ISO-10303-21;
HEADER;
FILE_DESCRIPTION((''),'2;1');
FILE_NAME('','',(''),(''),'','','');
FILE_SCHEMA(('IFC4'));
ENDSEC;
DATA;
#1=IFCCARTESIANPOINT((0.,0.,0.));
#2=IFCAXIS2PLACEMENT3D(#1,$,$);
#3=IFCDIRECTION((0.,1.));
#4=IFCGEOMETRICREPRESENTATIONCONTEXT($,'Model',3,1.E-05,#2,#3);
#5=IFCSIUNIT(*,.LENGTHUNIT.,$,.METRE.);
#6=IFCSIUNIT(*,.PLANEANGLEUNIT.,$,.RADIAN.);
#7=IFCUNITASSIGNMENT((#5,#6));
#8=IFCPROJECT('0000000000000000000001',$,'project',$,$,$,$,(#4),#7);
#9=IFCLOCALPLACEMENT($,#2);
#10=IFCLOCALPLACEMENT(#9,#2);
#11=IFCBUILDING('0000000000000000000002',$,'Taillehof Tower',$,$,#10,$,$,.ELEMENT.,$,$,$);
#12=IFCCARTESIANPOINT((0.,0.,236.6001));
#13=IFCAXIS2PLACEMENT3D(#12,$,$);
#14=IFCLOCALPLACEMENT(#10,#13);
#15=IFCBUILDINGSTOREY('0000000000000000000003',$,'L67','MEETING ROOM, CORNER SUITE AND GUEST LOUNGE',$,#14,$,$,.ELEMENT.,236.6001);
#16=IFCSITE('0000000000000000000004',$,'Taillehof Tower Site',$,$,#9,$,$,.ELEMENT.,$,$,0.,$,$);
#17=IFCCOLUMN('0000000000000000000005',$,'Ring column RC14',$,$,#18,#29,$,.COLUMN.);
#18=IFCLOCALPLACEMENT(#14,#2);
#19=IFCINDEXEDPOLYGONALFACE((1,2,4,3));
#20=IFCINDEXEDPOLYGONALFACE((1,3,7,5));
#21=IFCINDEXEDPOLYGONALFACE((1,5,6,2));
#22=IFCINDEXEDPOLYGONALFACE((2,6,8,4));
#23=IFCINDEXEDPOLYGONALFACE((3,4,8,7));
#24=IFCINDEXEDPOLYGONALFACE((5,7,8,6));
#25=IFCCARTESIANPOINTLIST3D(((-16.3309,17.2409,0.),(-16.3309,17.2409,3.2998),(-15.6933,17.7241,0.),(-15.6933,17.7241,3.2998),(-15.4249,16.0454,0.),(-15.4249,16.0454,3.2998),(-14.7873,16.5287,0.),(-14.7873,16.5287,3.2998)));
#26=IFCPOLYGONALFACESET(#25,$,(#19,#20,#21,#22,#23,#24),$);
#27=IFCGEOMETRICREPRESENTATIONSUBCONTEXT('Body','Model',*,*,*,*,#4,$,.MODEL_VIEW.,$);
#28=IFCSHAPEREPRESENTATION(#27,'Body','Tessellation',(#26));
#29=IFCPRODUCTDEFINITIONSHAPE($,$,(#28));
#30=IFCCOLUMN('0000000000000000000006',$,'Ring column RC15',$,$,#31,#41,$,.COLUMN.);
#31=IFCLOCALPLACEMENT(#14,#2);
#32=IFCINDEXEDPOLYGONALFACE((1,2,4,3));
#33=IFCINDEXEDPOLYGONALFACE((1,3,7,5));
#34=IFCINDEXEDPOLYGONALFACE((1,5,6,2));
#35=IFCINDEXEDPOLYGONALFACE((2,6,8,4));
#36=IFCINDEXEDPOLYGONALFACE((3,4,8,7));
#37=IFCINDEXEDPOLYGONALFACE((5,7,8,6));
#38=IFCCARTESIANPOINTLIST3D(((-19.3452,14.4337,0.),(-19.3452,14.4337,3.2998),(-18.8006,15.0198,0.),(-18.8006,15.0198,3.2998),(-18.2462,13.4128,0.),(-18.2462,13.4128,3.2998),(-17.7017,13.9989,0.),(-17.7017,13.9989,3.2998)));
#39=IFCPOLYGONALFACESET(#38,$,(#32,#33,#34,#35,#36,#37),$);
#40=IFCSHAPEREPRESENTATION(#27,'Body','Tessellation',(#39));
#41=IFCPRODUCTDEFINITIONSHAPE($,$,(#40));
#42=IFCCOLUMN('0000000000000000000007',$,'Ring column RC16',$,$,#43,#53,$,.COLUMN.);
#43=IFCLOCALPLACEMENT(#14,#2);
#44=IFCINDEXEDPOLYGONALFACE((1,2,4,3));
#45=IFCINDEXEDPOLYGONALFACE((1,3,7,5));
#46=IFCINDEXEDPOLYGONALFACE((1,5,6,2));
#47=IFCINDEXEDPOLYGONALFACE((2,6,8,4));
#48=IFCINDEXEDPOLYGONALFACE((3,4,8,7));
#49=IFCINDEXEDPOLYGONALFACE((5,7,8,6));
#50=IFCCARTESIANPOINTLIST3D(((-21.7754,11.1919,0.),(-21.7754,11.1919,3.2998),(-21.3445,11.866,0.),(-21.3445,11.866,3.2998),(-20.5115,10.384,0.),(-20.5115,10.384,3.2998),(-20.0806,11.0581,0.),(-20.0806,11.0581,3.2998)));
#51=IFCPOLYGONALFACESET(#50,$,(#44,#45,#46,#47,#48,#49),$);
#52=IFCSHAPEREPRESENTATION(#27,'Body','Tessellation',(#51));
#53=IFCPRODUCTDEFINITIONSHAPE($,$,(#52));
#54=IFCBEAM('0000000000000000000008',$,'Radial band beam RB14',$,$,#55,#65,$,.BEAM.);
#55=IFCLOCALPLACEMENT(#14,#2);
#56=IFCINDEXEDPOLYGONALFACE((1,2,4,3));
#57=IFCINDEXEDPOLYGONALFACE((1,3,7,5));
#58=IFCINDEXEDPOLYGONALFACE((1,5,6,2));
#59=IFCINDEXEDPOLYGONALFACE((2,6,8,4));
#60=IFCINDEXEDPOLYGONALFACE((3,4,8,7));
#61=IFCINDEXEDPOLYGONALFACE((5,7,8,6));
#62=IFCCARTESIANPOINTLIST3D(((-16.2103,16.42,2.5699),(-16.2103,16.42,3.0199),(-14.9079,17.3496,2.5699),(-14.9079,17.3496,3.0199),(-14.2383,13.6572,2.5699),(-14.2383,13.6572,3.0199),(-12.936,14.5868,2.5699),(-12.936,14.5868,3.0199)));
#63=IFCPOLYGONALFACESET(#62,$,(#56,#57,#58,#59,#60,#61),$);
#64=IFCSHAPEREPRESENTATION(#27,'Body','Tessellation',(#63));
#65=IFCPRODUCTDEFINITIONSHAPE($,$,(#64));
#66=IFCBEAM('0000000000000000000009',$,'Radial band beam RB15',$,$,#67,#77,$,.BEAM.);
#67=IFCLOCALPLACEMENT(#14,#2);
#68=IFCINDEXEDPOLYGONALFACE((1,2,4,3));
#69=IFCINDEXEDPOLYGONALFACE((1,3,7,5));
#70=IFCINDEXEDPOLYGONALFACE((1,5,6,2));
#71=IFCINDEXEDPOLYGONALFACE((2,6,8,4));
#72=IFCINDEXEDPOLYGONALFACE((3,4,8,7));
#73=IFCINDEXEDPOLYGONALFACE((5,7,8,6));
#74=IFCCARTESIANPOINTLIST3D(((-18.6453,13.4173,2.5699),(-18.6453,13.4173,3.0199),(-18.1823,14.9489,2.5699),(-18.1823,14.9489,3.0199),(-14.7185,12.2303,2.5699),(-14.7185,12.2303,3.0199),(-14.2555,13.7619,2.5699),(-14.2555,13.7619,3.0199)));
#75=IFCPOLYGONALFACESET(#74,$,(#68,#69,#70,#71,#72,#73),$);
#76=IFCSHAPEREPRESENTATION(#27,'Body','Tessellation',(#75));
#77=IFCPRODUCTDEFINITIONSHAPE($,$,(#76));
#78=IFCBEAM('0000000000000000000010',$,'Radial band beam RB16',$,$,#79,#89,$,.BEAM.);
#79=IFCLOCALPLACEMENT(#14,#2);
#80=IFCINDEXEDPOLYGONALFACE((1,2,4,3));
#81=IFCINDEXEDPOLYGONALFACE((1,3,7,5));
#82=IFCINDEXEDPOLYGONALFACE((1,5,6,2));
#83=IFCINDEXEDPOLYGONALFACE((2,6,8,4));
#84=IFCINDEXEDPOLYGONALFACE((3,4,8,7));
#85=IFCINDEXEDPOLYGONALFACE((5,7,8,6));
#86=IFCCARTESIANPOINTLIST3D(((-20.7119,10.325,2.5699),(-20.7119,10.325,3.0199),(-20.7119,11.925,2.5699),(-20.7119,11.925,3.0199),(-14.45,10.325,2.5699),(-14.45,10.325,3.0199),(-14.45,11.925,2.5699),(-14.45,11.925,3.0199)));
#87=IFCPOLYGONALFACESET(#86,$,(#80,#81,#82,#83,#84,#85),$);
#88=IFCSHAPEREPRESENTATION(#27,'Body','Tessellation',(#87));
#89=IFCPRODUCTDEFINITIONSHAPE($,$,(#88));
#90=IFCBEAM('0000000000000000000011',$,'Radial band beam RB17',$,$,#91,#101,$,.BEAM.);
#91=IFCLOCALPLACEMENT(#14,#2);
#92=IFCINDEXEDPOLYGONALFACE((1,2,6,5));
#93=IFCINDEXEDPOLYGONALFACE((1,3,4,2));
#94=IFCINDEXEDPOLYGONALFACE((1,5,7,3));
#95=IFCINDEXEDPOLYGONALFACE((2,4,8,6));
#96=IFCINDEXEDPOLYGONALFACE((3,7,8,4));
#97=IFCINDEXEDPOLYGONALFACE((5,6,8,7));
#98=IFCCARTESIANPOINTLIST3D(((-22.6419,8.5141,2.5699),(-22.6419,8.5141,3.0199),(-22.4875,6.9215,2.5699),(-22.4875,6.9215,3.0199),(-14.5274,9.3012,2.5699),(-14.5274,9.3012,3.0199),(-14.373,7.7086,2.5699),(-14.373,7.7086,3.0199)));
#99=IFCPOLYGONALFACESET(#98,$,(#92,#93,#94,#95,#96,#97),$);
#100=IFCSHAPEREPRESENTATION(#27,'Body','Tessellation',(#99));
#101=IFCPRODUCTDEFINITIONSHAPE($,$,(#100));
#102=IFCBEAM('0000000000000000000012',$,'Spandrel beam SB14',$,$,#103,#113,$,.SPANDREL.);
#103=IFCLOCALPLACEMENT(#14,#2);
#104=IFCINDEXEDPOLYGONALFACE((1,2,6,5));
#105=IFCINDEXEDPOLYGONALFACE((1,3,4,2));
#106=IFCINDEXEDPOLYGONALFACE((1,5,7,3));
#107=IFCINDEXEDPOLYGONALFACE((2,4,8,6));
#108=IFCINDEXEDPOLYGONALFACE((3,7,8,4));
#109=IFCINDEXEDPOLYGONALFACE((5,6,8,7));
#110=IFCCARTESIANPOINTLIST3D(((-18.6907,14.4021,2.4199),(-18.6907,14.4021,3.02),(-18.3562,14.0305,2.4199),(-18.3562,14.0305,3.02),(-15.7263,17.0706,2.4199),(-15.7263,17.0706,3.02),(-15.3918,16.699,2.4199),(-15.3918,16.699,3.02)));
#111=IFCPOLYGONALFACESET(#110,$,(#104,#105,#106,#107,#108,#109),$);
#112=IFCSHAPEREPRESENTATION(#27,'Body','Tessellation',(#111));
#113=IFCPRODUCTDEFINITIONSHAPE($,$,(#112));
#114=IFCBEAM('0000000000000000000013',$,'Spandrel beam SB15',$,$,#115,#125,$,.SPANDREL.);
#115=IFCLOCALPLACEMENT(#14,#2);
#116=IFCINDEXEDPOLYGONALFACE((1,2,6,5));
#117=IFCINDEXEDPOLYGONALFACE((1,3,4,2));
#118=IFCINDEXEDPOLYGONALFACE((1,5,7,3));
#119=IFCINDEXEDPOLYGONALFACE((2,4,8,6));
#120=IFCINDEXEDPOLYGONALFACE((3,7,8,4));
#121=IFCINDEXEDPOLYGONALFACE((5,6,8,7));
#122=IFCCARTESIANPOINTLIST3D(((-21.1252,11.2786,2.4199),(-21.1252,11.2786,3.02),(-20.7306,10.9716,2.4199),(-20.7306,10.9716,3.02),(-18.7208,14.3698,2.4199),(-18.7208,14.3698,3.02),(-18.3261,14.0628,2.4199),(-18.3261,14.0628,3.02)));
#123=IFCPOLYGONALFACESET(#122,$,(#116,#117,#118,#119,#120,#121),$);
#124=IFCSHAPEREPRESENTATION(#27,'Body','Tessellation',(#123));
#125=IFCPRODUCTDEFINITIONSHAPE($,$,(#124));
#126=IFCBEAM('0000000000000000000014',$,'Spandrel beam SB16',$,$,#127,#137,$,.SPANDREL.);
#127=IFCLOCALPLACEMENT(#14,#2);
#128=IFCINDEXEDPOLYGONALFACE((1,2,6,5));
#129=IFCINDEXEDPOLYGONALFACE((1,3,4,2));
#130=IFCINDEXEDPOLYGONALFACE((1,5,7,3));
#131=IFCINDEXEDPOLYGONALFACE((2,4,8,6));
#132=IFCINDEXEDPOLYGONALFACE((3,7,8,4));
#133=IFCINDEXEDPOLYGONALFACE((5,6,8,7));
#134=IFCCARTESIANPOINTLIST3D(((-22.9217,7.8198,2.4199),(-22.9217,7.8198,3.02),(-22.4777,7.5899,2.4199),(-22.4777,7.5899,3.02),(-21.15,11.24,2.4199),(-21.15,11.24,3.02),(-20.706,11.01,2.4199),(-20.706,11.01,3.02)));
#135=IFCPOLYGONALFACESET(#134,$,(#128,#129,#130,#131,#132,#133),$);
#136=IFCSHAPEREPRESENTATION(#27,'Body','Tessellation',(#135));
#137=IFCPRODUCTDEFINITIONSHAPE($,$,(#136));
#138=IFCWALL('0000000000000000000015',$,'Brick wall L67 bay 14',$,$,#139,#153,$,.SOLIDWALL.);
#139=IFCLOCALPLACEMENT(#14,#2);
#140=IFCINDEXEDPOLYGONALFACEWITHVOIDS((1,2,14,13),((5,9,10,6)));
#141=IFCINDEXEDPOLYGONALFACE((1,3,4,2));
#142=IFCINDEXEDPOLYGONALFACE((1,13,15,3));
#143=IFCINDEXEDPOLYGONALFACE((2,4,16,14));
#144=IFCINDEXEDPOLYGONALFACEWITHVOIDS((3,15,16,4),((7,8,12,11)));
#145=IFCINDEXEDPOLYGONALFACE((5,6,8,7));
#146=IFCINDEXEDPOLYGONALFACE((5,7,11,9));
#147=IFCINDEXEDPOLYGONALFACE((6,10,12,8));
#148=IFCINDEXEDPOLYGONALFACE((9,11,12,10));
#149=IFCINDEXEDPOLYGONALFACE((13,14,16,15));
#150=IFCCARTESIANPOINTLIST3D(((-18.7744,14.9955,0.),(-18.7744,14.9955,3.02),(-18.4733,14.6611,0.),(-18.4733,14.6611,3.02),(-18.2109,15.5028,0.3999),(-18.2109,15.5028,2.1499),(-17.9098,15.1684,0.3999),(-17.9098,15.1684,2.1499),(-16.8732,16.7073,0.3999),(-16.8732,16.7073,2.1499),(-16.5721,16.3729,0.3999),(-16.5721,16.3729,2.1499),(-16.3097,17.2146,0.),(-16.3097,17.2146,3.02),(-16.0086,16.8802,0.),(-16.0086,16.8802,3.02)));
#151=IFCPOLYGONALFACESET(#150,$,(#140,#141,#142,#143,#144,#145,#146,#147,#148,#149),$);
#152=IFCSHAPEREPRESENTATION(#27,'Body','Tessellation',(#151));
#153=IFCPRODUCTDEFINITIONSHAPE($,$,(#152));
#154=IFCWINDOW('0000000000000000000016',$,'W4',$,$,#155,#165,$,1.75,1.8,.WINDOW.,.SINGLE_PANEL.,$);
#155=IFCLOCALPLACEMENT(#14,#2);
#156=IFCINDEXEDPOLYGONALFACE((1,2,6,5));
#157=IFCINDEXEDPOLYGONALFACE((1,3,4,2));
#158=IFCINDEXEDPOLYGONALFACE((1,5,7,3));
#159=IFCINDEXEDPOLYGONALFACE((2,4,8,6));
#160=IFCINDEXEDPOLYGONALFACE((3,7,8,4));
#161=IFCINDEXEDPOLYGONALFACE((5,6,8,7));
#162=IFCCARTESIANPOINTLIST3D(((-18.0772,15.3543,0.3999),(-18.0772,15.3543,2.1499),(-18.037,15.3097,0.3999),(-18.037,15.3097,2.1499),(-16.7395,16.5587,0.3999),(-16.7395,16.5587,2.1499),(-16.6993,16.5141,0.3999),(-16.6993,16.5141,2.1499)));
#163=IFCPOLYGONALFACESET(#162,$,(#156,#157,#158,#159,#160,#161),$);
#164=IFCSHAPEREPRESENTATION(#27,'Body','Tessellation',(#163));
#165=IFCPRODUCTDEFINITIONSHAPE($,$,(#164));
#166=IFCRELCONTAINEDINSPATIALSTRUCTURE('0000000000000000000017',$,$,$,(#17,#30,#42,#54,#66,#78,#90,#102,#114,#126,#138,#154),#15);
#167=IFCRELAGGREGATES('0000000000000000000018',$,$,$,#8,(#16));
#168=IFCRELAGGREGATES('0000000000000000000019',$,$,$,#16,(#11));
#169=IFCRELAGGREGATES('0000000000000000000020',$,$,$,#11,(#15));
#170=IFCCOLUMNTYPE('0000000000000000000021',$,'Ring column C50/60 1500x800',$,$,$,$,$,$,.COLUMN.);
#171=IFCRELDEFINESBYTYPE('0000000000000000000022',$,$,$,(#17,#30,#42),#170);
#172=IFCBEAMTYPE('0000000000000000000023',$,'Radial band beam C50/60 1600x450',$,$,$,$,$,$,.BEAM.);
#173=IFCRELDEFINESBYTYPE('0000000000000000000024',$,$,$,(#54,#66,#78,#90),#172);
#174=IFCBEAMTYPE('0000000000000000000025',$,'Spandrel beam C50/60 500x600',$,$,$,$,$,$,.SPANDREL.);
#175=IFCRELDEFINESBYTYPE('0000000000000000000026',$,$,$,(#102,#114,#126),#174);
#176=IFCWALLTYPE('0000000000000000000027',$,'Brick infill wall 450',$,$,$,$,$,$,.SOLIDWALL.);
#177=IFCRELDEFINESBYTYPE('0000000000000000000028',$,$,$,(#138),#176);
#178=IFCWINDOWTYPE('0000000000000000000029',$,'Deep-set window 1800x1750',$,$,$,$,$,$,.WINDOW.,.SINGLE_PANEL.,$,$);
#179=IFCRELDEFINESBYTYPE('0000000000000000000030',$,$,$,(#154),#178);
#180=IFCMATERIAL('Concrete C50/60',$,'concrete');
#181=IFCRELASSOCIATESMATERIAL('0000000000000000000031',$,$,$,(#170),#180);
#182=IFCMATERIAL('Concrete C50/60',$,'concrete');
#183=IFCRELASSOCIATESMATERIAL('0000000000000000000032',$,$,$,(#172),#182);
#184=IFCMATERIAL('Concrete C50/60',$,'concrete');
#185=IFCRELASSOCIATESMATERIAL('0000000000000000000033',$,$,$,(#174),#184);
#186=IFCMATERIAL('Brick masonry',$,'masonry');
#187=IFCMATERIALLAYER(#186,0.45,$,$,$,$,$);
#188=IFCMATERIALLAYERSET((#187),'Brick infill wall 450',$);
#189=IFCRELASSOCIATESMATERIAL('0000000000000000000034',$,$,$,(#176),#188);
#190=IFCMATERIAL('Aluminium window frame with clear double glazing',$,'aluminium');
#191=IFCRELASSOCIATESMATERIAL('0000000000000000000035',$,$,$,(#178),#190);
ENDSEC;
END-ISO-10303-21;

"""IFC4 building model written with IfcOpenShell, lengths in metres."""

from ifc_helpers import new_model, si_unit, direction, frame, frame_2d, origin, origin_2d, place, context, subcontext, project, spatial, rectangle, extrude, material, layer, layer_set, material_profile, profile_set, type_object, element, fill, save


model = new_model("IFC4")

# Units and contexts
model_context = context("Model", 3, precision=1e-05, world=origin(), true_north=direction((0.0, 1.0)))
body_context = subcontext(model_context, "Body", "Model", "MODEL_VIEW")
ifc_project = project(units=[si_unit("LENGTHUNIT", "METRE"), si_unit("PLANEANGLEUNIT", "RADIAN")], contexts=[model_context])

# Site, building, storey
site_placement = place(None, origin())
site = spatial("IfcSite", under=ifc_project, at=site_placement, Name="Taillehof Tower Site", CompositionType="ELEMENT", RefElevation=0.0)
building_placement = place(site_placement, origin())
building = spatial("IfcBuilding", under=site, at=building_placement, Name="Taillehof Tower", CompositionType="ELEMENT")
storey_placement = place(building_placement, frame((0.0, 0.0, 236.6001)))
storey = spatial("IfcBuildingStorey", under=building, at=storey_placement, Name="L67", Description="MEETING ROOM, CORNER SUITE AND GUEST LOUNGE", CompositionType="ELEMENT", Elevation=236.6001)

# Columns
ifc_material_1 = material(Name="Concrete C50/60", Category="concrete")
ifc_material_profile_1 = material_profile(ifc_material_1, rectangle(XDim=1.5, YDim=0.8, at=origin_2d()), Name="RC 1500x800")
ifc_profile_set_1 = profile_set([ifc_material_profile_1], Name="Concrete C50/60")
column_type = type_object("IfcColumnType", Name="Ring column C50/60 1500x800", PredefinedType="COLUMN", material=ifc_profile_set_1)
for number, where, z_axis, x_axis, name in (
    (1, (-15.5591, 16.8848, 0.0), (0.0, 0.0, 1.0), (-0.60402, 0.796969, 0.0), "Ring column RC14"),
    (2, (-18.5234, 14.2163, 0.0), (0.0, 0.0, 1.0), (-0.732636, 0.680621, 0.0), "Ring column RC15"),
    (3, (-20.928, 11.125, 0.0), (0.0, 0.0, 1.0), (-0.842574, 0.538581, 0.0), "Ring column RC16"),
):
    element("IfcColumn", number, at=place(storey_placement, frame(where, z_axis=z_axis, x_axis=x_axis)), inside=storey, type_object=column_type, Name=name, PredefinedType="COLUMN", context=body_context, shape_type="SweptSolid", body=[
        extrude(rectangle(XDim=1.5, YDim=0.8, at=origin_2d()), origin(), (0.0, 0.0, 1.0), 3.2998),
    ])

# Beams
ifc_material_2 = material(Name="Concrete C50/60", Category="concrete")
ifc_material_profile_2 = material_profile(ifc_material_2, rectangle(XDim=1.6001, YDim=0.45, at=origin_2d()), Name="RC 1600x450")
ifc_profile_set_2 = profile_set([ifc_material_profile_2], Name="Concrete C50/60")
beam_type_1 = type_object("IfcBeamType", Name="Radial band beam C50/60 1600x450", PredefinedType="BEAM", material=ifc_profile_set_2)
beam_1_placement = place(storey_placement, frame((-15.5591, 16.8848, 2.7949), z_axis=(0.580959, -0.813933, 0.0), x_axis=(0.813933, 0.580959, 0.0)))
element("IfcBeam", 4, at=beam_1_placement, inside=storey, type_object=beam_type_1, Name="Radial band beam RB14", PredefinedType="BEAM", context=body_context, shape_type="SweptSolid", body=[
    extrude(rectangle(XDim=1.6001, YDim=0.45, at=origin_2d()), origin(), (0.0, 0.0, 1.0), 3.3943),
])
beam_2_placement = place(storey_placement, frame((-18.4138, 14.1831, 2.7949), z_axis=(0.957221, -0.289357, 0.0), x_axis=(0.289357, 0.957221, 0.0)))
element("IfcBeam", 5, at=beam_2_placement, inside=storey, type_object=beam_type_1, Name="Radial band beam RB15", PredefinedType="BEAM", context=body_context, shape_type="SweptSolid", body=[
    extrude(rectangle(XDim=1.6001, YDim=0.45, at=origin_2d()), origin(), (0.0, 0.0, 1.0), 4.1023),
])
beam_3_placement = place(storey_placement, frame((-20.7119, 11.125, 2.7949), z_axis=(1.0, 0.0, 0.0), x_axis=(0.0, 1.0, 0.0)))
element("IfcBeam", 6, at=beam_3_placement, inside=storey, type_object=beam_type_1, Name="Radial band beam RB16", PredefinedType="BEAM", context=body_context, shape_type="SweptSolid", body=[
    extrude(rectangle(XDim=1.6001, YDim=0.45, at=origin_2d()), origin(), (0.0, 0.0, 1.0), 6.262),
])
beam_4_placement = place(storey_placement, frame((-22.5647, 7.7178, 2.7949), z_axis=(0.995328, 0.096547, 0.0), x_axis=(-0.096547, 0.995328, 0.0)))
element("IfcBeam", 7, at=beam_4_placement, inside=storey, type_object=beam_type_1, Name="Radial band beam RB17", PredefinedType="BEAM", context=body_context, shape_type="SweptSolid", body=[
    extrude(rectangle(XDim=1.6001, YDim=0.45, at=origin_2d()), origin(), (0.0, 0.0, 1.0), 8.1526),
])
ifc_material_3 = material(Name="Concrete C50/60", Category="concrete")
ifc_material_profile_3 = material_profile(ifc_material_3, rectangle(XDim=0.5, YDim=0.6001, at=origin_2d()), Name="RC 500x600")
ifc_profile_set_3 = profile_set([ifc_material_profile_3], Name="Concrete C50/60")
beam_type_2 = type_object("IfcBeamType", Name="Spandrel beam C50/60 500x600", PredefinedType="SPANDREL", material=ifc_profile_set_3)
beam_5_placement = place(storey_placement, frame((-15.5591, 16.8848, 2.72), z_axis=(-0.743227, -0.669039, 0.0), x_axis=(0.669039, -0.743227, 0.0)))
element("IfcBeam", 8, at=beam_5_placement, inside=storey, type_object=beam_type_2, Name="Spandrel beam SB14", PredefinedType="SPANDREL", context=body_context, shape_type="SweptSolid", body=[
    extrude(rectangle(XDim=0.5, YDim=0.6001, at=origin_2d()), origin(), (0.0, 0.0, 1.0), 3.9885),
])
beam_6_placement = place(storey_placement, frame((-18.5234, 14.2163, 2.72), z_axis=(-0.613971, -0.789329, 0.0), x_axis=(0.789329, -0.613971, 0.0)))
element("IfcBeam", 9, at=beam_6_placement, inside=storey, type_object=beam_type_2, Name="Spandrel beam SB15", PredefinedType="SPANDREL", context=body_context, shape_type="SweptSolid", body=[
    extrude(rectangle(XDim=0.5, YDim=0.6001, at=origin_2d()), origin(), (0.0, 0.0, 1.0), 3.9163),
])
beam_7_placement = place(storey_placement, frame((-20.928, 11.125, 2.72), z_axis=(-0.459971, -0.887934, 0.0), x_axis=(0.887934, -0.459971, 0.0)))
element("IfcBeam", 10, at=beam_7_placement, inside=storey, type_object=beam_type_2, Name="Spandrel beam SB16", PredefinedType="SPANDREL", context=body_context, shape_type="SweptSolid", body=[
    extrude(rectangle(XDim=0.5, YDim=0.6001, at=origin_2d()), origin(), (0.0, 0.0, 1.0), 3.8518),
])

# Wall, opening, window
ifc_material_4 = material(Name="Brick masonry", Category="masonry")
ifc_layer_1 = layer(ifc_material_4, 0.45)
ifc_layer_set_1 = layer_set([ifc_layer_1], Name="Brick infill wall 450")
wall_type_1 = type_object("IfcWallType", Name="Brick infill wall 450", PredefinedType="SOLIDWALL", material=ifc_layer_set_1)
wall_1_placement = place(storey_placement, frame((-16.1592, 17.0474, 0.0), z_axis=(0.0, 0.0, 1.0), x_axis=(-0.743166, -0.669107, 0.0)))
wall_1 = element("IfcWall", 11, at=wall_1_placement, inside=storey, type_object=wall_type_1, Name="Brick wall L67 bay 14", PredefinedType="SOLIDWALL", context=body_context, shape_type="SweptSolid", body=[
    extrude(rectangle(XDim=3.3164, YDim=0.45, at=frame_2d((1.6582, 0.0))), origin(), (0.0, 0.0, 1.0), 3.02),
])
opening_1_placement = place(wall_1_placement, frame((0.7583, 0.0, 0.3999)))
opening_1 = element("IfcOpeningElement", 12, at=opening_1_placement, cuts=wall_1, PredefinedType="OPENING", context=body_context, shape_type="SweptSolid", body=[
    extrude(rectangle(XDim=1.8, YDim=1.75, at=frame_2d((0.8999, 0.875))), frame((0.0, 0.2349, 0.0), z_axis=(0.0, -1.0, 0.0), x_axis=(1.0, 0.0, 0.0)), (0.0, 0.0, 1.0), 0.47),
])
ifc_material_5 = material(Name="Aluminium window frame with clear double glazing", Category="aluminium")
window_type = type_object("IfcWindowType", Name="Deep-set window 1800x1750", PartitioningType="SINGLE_PANEL", PredefinedType="WINDOW", material=ifc_material_5)
window_1_placement = place(opening_1_placement, origin())
window_1 = element("IfcWindow", 13, at=window_1_placement, inside=storey, type_object=window_type, Name="W4", OverallHeight=1.75, OverallWidth=1.8, PartitioningType="SINGLE_PANEL", PredefinedType="WINDOW", context=body_context, shape_type="SweptSolid", body=[
    extrude(rectangle(XDim=1.8, YDim=1.75, at=frame_2d((0.8999, 0.875))), frame((0.0, 0.0349, 0.0), z_axis=(0.0, -1.0, 0.0), x_axis=(1.0, 0.0, 0.0)), (0.0, 0.0, 1.0), 0.0601),
])
fill(opening_1, window_1)

save(model, "model.ifc")
